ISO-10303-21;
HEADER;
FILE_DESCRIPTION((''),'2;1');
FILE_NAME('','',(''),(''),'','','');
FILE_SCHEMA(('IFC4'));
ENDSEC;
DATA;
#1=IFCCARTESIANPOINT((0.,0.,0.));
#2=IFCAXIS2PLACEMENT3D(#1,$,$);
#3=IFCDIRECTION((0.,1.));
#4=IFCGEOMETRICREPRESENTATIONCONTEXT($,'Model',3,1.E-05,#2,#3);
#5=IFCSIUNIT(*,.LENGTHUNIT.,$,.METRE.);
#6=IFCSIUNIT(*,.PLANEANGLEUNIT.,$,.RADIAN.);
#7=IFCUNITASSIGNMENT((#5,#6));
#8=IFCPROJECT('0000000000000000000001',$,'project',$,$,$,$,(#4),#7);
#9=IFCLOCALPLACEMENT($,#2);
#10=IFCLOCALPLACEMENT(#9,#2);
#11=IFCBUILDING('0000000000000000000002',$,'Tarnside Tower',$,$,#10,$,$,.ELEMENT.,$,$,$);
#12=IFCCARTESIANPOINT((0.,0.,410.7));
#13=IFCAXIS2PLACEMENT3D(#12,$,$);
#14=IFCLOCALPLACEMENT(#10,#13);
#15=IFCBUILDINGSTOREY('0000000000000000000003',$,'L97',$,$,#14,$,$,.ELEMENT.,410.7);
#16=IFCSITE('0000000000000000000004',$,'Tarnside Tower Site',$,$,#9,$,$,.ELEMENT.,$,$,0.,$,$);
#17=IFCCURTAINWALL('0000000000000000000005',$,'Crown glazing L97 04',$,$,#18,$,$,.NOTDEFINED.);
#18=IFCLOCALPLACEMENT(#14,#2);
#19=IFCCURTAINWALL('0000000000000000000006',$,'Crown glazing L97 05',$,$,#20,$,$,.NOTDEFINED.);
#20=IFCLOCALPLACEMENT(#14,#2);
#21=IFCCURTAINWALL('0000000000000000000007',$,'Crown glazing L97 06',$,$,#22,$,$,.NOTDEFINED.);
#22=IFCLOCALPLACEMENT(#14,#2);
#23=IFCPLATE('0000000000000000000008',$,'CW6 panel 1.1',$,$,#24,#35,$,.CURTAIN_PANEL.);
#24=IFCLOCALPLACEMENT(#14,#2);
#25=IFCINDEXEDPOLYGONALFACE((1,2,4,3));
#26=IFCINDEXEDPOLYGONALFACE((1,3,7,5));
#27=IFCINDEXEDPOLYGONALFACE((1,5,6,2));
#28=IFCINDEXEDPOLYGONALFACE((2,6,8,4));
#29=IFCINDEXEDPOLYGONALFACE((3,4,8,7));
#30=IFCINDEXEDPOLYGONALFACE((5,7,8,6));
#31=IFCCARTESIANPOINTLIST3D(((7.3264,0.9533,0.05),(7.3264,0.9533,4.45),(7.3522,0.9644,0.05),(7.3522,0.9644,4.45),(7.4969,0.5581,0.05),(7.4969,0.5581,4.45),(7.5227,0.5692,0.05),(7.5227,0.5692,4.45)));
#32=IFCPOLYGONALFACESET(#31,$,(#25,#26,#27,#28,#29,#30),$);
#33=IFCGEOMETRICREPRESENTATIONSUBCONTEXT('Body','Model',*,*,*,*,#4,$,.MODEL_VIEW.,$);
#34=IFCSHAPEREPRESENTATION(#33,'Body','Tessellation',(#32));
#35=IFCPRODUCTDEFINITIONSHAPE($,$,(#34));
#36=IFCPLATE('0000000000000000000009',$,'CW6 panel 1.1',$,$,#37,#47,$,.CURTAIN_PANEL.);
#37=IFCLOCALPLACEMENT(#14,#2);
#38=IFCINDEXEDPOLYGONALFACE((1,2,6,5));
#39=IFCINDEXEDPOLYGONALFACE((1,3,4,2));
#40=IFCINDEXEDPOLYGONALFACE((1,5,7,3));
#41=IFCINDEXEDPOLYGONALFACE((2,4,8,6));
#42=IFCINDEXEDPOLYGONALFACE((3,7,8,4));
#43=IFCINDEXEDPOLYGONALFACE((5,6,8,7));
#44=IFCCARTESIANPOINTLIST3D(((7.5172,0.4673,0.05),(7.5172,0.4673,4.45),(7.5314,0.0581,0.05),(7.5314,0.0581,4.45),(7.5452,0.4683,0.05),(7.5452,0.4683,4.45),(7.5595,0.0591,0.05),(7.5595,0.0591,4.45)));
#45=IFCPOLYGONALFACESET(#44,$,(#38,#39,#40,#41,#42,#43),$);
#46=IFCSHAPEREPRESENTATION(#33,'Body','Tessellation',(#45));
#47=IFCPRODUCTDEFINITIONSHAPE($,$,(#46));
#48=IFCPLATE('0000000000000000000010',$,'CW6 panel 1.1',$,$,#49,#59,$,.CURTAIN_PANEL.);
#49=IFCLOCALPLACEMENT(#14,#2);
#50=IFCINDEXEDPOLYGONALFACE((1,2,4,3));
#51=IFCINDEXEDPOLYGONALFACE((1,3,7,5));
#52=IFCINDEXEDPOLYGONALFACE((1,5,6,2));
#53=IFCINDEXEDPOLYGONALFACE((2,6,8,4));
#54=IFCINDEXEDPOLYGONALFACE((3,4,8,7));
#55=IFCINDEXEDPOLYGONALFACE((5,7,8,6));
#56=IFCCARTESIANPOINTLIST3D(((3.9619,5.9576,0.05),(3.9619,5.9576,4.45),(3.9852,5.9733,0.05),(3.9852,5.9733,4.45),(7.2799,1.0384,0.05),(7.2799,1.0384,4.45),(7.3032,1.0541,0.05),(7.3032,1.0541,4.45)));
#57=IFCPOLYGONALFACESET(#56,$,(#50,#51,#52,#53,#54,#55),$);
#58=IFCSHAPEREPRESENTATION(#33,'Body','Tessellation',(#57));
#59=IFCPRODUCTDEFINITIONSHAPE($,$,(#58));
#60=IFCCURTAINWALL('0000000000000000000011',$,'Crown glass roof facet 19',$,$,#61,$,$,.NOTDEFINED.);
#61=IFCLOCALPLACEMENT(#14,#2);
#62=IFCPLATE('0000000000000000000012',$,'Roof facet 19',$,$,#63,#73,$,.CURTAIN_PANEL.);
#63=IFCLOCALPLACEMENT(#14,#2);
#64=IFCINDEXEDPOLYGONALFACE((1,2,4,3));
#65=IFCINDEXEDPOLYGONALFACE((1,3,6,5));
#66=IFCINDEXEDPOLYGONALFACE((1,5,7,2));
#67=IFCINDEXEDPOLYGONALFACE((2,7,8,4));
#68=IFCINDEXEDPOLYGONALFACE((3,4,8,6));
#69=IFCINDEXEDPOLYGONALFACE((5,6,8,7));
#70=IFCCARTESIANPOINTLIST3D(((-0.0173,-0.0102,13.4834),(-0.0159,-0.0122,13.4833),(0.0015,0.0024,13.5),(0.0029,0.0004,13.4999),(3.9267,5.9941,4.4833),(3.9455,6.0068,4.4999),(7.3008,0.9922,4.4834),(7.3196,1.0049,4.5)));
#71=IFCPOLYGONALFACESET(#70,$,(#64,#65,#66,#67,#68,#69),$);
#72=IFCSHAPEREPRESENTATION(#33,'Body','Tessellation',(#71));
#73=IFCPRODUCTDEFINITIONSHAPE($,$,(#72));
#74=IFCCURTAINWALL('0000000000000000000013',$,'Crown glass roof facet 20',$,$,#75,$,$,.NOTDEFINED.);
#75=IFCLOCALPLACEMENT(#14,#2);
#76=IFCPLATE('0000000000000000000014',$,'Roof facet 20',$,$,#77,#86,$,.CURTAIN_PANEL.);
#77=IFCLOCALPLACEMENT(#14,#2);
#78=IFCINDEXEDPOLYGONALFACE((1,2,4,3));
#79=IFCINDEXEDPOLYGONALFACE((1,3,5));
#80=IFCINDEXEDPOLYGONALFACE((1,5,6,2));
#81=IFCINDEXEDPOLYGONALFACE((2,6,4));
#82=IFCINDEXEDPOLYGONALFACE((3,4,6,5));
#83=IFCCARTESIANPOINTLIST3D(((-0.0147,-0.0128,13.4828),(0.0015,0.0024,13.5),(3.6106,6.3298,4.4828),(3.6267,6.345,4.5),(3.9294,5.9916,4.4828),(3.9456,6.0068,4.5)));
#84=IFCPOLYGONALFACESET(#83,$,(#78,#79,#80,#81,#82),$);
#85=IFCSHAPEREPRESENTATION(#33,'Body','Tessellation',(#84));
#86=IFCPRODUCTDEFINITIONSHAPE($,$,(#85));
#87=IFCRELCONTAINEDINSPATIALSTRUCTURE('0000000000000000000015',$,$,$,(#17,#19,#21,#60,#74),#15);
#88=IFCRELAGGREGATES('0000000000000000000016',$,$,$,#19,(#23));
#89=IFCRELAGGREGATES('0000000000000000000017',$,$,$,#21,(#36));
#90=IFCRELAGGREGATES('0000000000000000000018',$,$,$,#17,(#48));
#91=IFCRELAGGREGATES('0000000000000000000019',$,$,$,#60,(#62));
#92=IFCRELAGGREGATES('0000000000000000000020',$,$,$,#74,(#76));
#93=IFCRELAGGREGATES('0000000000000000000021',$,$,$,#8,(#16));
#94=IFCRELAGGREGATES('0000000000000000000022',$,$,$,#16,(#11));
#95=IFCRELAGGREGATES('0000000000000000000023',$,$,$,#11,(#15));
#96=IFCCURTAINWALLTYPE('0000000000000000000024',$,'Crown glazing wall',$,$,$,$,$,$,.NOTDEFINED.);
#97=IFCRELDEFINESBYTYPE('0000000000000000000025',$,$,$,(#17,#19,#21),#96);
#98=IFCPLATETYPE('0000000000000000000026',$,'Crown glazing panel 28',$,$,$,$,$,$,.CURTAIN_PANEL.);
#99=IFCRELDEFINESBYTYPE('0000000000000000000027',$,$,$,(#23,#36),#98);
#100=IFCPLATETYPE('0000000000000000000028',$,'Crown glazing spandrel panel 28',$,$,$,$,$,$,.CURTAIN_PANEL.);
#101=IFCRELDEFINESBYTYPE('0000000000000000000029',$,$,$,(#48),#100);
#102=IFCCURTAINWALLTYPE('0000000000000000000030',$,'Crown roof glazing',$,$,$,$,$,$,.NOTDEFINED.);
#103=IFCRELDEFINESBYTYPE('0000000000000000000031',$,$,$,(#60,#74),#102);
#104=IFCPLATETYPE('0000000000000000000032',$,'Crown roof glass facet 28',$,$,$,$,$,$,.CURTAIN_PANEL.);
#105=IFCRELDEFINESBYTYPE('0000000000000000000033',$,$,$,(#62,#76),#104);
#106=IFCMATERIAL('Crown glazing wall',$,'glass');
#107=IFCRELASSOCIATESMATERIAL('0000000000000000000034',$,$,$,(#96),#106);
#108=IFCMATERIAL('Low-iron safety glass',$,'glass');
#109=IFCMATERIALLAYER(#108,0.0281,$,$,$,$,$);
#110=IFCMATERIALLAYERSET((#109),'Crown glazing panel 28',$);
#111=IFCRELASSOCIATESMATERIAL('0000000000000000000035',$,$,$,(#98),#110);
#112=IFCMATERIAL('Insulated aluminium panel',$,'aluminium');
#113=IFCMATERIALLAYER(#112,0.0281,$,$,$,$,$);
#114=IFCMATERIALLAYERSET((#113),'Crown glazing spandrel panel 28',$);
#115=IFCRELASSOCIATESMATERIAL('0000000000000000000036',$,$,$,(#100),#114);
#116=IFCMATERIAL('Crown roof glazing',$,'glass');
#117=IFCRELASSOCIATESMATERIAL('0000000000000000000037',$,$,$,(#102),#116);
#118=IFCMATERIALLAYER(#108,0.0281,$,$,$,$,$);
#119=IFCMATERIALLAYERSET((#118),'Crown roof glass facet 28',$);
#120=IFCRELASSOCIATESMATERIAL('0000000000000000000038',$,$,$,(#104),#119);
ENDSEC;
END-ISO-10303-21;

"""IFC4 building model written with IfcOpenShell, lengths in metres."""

from ifc_helpers import new_model, si_unit, direction, frame, origin, origin_2d, place, context, subcontext, project, spatial, polyline, rectangle, outline, extrude, material, layer, layer_set, type_object, element, aggregate, save


model = new_model("IFC4")

# Units and contexts
model_context = context("Model", 3, precision=1e-05, world=origin(), true_north=direction((0.0, 1.0)))
body_context = subcontext(model_context, "Body", "Model", "MODEL_VIEW")
ifc_project = project(units=[si_unit("LENGTHUNIT", "METRE"), si_unit("PLANEANGLEUNIT", "RADIAN")], contexts=[model_context])

# Site, building, storey
site_placement = place(None, origin())
site = spatial("IfcSite", under=ifc_project, at=site_placement, Name="Tarnside Tower Site", CompositionType="ELEMENT", RefElevation=0.0)
building_placement = place(site_placement, origin())
building = spatial("IfcBuilding", under=site, at=building_placement, Name="Tarnside Tower", CompositionType="ELEMENT")
storey_placement = place(building_placement, frame((0.0, 0.0, 410.7)))
storey = spatial("IfcBuildingStorey", under=building, at=storey_placement, Name="L97", CompositionType="ELEMENT", Elevation=410.7)

# Curtain walls
ifc_material_1 = material(Name="Crown glazing wall", Category="glass")
curtain_wall_type_1 = type_object("IfcCurtainWallType", Name="Crown glazing wall", PredefinedType="NOTDEFINED", material=ifc_material_1)
curtain_wall_1_placement = place(storey_placement, origin())
curtain_wall_1 = element("IfcCurtainWall", 1, at=curtain_wall_1_placement, inside=storey, type_object=curtain_wall_type_1, Name="Crown glazing L97 04", PredefinedType="NOTDEFINED")
curtain_wall_2_placement = place(storey_placement, origin())
curtain_wall_2 = element("IfcCurtainWall", 2, at=curtain_wall_2_placement, inside=storey, type_object=curtain_wall_type_1, Name="Crown glazing L97 05", PredefinedType="NOTDEFINED")
curtain_wall_3_placement = place(storey_placement, origin())
curtain_wall_3 = element("IfcCurtainWall", 3, at=curtain_wall_3_placement, inside=storey, type_object=curtain_wall_type_1, Name="Crown glazing L97 06", PredefinedType="NOTDEFINED")

# Plates
ifc_material_2 = material(Name="Low-iron safety glass", Category="glass")
ifc_layer_1 = layer(ifc_material_2, 0.0281)
ifc_layer_set_1 = layer_set([ifc_layer_1], Name="Crown glazing panel 28")
plate_type_1 = type_object("IfcPlateType", Name="Crown glazing panel 28", PredefinedType="CURTAIN_PANEL", material=ifc_layer_set_1)
plate_1_placement = place(storey_placement, frame((7.4246, 0.7612, 0.05), z_axis=(0.0, 0.0, 1.0), x_axis=(0.39608, -0.918216, 0.0)))
plate_1 = element("IfcPlate", 4, at=plate_1_placement, type_object=plate_type_1, Name="CW6 panel 1.1", PredefinedType="CURTAIN_PANEL", context=body_context, shape_type="SweptSolid", body=[
    extrude(rectangle(XDim=0.4304, YDim=0.0281, at=origin_2d()), origin(), (0.0, 0.0, 1.0), 4.3999),
])
aggregate(curtain_wall_2, [plate_1])
plate_2_placement = place(storey_placement, frame((7.5383, 0.2632, 0.05), z_axis=(0.0, 0.0, 1.0), x_axis=(0.034899, -0.999391, 0.0)))
plate_2 = element("IfcPlate", 5, at=plate_2_placement, type_object=plate_type_1, Name="CW6 panel 1.1", PredefinedType="CURTAIN_PANEL", context=body_context, shape_type="SweptSolid", body=[
    extrude(rectangle(XDim=0.4094, YDim=0.0281, at=origin_2d()), origin(), (0.0, 0.0, 1.0), 4.3999),
])
aggregate(curtain_wall_3, [plate_2])
ifc_material_3 = material(Name="Insulated aluminium panel", Category="aluminium")
ifc_layer_2 = layer(ifc_material_3, 0.0281)
ifc_layer_set_2 = layer_set([ifc_layer_2], Name="Crown glazing spandrel panel 28")
plate_type_2 = type_object("IfcPlateType", Name="Crown glazing spandrel panel 28", PredefinedType="CURTAIN_PANEL", material=ifc_layer_set_2)
plate_3_placement = place(storey_placement, frame((5.6326, 3.5059, 0.05), z_axis=(0.0, 0.0, 1.0), x_axis=(0.559193, -0.829038, 0.0)))
plate_3 = element("IfcPlate", 6, at=plate_3_placement, type_object=plate_type_2, Name="CW6 panel 1.1", PredefinedType="CURTAIN_PANEL", context=body_context, shape_type="SweptSolid", body=[
    extrude(rectangle(XDim=5.9336, YDim=0.0281, at=origin_2d()), origin(), (0.0, 0.0, 1.0), 4.3999),
])
aggregate(curtain_wall_1, [plate_3])

# Curtain walls, plates
ifc_material_4 = material(Name="Crown roof glazing", Category="glass")
curtain_wall_type_2 = type_object("IfcCurtainWallType", Name="Crown roof glazing", PredefinedType="NOTDEFINED", material=ifc_material_4)
ifc_layer_3 = layer(ifc_material_2, 0.0281)
ifc_layer_set_3 = layer_set([ifc_layer_3], Name="Crown roof glass facet 28")
plate_type_3 = type_object("IfcPlateType", Name="Crown roof glass facet 28", PredefinedType="CURTAIN_PANEL", material=ifc_layer_set_3)
curtain_wall_4_placement = place(storey_placement, origin())
curtain_wall_4 = element("IfcCurtainWall", 7, at=curtain_wall_4_placement, inside=storey, type_object=curtain_wall_type_2, Name="Crown glass roof facet 19", PredefinedType="NOTDEFINED")
plate_4_placement = place(storey_placement, frame((7.3196, 1.0049, 4.5), z_axis=(0.66755, 0.45031, 0.592957), x_axis=(-0.559222, 0.829018, -0.00001)))
plate_4 = element("IfcPlate", 8, at=plate_4_placement, type_object=plate_type_3, Name="Roof facet 19", PredefinedType="CURTAIN_PANEL", context=body_context, shape_type="SweptSolid", body=[
    extrude(outline(polyline([(0.0, 0.0), (6.0335, 0.0), (3.2613, 11.1769), (3.2589, 11.1768), (0.0, 0.0)])), origin(), (0.0, 0.0, -1.0), 0.0281),
])
aggregate(curtain_wall_4, [plate_4])
curtain_wall_5_placement = place(storey_placement, origin())
curtain_wall_5 = element("IfcCurtainWall", 9, at=curtain_wall_5_placement, inside=storey, type_object=curtain_wall_type_2, Name="Crown glass roof facet 20", PredefinedType="NOTDEFINED")
plate_5_placement = place(storey_placement, frame((3.9456, 6.0068, 4.5), z_axis=(0.574639, 0.541862, 0.613331), x_axis=(-0.686053, 0.727552, 0.0)))
plate_5 = element("IfcPlate", 10, at=plate_5_placement, type_object=plate_type_3, Name="Roof facet 20", PredefinedType="CURTAIN_PANEL", context=body_context, shape_type="SweptSolid", body=[
    extrude(outline(polyline([(0.0, 0.0), (0.4648, 0.0), (-1.6627, 11.3949), (-1.6627, 11.3949), (0.0, 0.0)])), origin(), (0.0, 0.0, -1.0), 0.0281),
])
aggregate(curtain_wall_5, [plate_5])

save(model, "model.ifc")
